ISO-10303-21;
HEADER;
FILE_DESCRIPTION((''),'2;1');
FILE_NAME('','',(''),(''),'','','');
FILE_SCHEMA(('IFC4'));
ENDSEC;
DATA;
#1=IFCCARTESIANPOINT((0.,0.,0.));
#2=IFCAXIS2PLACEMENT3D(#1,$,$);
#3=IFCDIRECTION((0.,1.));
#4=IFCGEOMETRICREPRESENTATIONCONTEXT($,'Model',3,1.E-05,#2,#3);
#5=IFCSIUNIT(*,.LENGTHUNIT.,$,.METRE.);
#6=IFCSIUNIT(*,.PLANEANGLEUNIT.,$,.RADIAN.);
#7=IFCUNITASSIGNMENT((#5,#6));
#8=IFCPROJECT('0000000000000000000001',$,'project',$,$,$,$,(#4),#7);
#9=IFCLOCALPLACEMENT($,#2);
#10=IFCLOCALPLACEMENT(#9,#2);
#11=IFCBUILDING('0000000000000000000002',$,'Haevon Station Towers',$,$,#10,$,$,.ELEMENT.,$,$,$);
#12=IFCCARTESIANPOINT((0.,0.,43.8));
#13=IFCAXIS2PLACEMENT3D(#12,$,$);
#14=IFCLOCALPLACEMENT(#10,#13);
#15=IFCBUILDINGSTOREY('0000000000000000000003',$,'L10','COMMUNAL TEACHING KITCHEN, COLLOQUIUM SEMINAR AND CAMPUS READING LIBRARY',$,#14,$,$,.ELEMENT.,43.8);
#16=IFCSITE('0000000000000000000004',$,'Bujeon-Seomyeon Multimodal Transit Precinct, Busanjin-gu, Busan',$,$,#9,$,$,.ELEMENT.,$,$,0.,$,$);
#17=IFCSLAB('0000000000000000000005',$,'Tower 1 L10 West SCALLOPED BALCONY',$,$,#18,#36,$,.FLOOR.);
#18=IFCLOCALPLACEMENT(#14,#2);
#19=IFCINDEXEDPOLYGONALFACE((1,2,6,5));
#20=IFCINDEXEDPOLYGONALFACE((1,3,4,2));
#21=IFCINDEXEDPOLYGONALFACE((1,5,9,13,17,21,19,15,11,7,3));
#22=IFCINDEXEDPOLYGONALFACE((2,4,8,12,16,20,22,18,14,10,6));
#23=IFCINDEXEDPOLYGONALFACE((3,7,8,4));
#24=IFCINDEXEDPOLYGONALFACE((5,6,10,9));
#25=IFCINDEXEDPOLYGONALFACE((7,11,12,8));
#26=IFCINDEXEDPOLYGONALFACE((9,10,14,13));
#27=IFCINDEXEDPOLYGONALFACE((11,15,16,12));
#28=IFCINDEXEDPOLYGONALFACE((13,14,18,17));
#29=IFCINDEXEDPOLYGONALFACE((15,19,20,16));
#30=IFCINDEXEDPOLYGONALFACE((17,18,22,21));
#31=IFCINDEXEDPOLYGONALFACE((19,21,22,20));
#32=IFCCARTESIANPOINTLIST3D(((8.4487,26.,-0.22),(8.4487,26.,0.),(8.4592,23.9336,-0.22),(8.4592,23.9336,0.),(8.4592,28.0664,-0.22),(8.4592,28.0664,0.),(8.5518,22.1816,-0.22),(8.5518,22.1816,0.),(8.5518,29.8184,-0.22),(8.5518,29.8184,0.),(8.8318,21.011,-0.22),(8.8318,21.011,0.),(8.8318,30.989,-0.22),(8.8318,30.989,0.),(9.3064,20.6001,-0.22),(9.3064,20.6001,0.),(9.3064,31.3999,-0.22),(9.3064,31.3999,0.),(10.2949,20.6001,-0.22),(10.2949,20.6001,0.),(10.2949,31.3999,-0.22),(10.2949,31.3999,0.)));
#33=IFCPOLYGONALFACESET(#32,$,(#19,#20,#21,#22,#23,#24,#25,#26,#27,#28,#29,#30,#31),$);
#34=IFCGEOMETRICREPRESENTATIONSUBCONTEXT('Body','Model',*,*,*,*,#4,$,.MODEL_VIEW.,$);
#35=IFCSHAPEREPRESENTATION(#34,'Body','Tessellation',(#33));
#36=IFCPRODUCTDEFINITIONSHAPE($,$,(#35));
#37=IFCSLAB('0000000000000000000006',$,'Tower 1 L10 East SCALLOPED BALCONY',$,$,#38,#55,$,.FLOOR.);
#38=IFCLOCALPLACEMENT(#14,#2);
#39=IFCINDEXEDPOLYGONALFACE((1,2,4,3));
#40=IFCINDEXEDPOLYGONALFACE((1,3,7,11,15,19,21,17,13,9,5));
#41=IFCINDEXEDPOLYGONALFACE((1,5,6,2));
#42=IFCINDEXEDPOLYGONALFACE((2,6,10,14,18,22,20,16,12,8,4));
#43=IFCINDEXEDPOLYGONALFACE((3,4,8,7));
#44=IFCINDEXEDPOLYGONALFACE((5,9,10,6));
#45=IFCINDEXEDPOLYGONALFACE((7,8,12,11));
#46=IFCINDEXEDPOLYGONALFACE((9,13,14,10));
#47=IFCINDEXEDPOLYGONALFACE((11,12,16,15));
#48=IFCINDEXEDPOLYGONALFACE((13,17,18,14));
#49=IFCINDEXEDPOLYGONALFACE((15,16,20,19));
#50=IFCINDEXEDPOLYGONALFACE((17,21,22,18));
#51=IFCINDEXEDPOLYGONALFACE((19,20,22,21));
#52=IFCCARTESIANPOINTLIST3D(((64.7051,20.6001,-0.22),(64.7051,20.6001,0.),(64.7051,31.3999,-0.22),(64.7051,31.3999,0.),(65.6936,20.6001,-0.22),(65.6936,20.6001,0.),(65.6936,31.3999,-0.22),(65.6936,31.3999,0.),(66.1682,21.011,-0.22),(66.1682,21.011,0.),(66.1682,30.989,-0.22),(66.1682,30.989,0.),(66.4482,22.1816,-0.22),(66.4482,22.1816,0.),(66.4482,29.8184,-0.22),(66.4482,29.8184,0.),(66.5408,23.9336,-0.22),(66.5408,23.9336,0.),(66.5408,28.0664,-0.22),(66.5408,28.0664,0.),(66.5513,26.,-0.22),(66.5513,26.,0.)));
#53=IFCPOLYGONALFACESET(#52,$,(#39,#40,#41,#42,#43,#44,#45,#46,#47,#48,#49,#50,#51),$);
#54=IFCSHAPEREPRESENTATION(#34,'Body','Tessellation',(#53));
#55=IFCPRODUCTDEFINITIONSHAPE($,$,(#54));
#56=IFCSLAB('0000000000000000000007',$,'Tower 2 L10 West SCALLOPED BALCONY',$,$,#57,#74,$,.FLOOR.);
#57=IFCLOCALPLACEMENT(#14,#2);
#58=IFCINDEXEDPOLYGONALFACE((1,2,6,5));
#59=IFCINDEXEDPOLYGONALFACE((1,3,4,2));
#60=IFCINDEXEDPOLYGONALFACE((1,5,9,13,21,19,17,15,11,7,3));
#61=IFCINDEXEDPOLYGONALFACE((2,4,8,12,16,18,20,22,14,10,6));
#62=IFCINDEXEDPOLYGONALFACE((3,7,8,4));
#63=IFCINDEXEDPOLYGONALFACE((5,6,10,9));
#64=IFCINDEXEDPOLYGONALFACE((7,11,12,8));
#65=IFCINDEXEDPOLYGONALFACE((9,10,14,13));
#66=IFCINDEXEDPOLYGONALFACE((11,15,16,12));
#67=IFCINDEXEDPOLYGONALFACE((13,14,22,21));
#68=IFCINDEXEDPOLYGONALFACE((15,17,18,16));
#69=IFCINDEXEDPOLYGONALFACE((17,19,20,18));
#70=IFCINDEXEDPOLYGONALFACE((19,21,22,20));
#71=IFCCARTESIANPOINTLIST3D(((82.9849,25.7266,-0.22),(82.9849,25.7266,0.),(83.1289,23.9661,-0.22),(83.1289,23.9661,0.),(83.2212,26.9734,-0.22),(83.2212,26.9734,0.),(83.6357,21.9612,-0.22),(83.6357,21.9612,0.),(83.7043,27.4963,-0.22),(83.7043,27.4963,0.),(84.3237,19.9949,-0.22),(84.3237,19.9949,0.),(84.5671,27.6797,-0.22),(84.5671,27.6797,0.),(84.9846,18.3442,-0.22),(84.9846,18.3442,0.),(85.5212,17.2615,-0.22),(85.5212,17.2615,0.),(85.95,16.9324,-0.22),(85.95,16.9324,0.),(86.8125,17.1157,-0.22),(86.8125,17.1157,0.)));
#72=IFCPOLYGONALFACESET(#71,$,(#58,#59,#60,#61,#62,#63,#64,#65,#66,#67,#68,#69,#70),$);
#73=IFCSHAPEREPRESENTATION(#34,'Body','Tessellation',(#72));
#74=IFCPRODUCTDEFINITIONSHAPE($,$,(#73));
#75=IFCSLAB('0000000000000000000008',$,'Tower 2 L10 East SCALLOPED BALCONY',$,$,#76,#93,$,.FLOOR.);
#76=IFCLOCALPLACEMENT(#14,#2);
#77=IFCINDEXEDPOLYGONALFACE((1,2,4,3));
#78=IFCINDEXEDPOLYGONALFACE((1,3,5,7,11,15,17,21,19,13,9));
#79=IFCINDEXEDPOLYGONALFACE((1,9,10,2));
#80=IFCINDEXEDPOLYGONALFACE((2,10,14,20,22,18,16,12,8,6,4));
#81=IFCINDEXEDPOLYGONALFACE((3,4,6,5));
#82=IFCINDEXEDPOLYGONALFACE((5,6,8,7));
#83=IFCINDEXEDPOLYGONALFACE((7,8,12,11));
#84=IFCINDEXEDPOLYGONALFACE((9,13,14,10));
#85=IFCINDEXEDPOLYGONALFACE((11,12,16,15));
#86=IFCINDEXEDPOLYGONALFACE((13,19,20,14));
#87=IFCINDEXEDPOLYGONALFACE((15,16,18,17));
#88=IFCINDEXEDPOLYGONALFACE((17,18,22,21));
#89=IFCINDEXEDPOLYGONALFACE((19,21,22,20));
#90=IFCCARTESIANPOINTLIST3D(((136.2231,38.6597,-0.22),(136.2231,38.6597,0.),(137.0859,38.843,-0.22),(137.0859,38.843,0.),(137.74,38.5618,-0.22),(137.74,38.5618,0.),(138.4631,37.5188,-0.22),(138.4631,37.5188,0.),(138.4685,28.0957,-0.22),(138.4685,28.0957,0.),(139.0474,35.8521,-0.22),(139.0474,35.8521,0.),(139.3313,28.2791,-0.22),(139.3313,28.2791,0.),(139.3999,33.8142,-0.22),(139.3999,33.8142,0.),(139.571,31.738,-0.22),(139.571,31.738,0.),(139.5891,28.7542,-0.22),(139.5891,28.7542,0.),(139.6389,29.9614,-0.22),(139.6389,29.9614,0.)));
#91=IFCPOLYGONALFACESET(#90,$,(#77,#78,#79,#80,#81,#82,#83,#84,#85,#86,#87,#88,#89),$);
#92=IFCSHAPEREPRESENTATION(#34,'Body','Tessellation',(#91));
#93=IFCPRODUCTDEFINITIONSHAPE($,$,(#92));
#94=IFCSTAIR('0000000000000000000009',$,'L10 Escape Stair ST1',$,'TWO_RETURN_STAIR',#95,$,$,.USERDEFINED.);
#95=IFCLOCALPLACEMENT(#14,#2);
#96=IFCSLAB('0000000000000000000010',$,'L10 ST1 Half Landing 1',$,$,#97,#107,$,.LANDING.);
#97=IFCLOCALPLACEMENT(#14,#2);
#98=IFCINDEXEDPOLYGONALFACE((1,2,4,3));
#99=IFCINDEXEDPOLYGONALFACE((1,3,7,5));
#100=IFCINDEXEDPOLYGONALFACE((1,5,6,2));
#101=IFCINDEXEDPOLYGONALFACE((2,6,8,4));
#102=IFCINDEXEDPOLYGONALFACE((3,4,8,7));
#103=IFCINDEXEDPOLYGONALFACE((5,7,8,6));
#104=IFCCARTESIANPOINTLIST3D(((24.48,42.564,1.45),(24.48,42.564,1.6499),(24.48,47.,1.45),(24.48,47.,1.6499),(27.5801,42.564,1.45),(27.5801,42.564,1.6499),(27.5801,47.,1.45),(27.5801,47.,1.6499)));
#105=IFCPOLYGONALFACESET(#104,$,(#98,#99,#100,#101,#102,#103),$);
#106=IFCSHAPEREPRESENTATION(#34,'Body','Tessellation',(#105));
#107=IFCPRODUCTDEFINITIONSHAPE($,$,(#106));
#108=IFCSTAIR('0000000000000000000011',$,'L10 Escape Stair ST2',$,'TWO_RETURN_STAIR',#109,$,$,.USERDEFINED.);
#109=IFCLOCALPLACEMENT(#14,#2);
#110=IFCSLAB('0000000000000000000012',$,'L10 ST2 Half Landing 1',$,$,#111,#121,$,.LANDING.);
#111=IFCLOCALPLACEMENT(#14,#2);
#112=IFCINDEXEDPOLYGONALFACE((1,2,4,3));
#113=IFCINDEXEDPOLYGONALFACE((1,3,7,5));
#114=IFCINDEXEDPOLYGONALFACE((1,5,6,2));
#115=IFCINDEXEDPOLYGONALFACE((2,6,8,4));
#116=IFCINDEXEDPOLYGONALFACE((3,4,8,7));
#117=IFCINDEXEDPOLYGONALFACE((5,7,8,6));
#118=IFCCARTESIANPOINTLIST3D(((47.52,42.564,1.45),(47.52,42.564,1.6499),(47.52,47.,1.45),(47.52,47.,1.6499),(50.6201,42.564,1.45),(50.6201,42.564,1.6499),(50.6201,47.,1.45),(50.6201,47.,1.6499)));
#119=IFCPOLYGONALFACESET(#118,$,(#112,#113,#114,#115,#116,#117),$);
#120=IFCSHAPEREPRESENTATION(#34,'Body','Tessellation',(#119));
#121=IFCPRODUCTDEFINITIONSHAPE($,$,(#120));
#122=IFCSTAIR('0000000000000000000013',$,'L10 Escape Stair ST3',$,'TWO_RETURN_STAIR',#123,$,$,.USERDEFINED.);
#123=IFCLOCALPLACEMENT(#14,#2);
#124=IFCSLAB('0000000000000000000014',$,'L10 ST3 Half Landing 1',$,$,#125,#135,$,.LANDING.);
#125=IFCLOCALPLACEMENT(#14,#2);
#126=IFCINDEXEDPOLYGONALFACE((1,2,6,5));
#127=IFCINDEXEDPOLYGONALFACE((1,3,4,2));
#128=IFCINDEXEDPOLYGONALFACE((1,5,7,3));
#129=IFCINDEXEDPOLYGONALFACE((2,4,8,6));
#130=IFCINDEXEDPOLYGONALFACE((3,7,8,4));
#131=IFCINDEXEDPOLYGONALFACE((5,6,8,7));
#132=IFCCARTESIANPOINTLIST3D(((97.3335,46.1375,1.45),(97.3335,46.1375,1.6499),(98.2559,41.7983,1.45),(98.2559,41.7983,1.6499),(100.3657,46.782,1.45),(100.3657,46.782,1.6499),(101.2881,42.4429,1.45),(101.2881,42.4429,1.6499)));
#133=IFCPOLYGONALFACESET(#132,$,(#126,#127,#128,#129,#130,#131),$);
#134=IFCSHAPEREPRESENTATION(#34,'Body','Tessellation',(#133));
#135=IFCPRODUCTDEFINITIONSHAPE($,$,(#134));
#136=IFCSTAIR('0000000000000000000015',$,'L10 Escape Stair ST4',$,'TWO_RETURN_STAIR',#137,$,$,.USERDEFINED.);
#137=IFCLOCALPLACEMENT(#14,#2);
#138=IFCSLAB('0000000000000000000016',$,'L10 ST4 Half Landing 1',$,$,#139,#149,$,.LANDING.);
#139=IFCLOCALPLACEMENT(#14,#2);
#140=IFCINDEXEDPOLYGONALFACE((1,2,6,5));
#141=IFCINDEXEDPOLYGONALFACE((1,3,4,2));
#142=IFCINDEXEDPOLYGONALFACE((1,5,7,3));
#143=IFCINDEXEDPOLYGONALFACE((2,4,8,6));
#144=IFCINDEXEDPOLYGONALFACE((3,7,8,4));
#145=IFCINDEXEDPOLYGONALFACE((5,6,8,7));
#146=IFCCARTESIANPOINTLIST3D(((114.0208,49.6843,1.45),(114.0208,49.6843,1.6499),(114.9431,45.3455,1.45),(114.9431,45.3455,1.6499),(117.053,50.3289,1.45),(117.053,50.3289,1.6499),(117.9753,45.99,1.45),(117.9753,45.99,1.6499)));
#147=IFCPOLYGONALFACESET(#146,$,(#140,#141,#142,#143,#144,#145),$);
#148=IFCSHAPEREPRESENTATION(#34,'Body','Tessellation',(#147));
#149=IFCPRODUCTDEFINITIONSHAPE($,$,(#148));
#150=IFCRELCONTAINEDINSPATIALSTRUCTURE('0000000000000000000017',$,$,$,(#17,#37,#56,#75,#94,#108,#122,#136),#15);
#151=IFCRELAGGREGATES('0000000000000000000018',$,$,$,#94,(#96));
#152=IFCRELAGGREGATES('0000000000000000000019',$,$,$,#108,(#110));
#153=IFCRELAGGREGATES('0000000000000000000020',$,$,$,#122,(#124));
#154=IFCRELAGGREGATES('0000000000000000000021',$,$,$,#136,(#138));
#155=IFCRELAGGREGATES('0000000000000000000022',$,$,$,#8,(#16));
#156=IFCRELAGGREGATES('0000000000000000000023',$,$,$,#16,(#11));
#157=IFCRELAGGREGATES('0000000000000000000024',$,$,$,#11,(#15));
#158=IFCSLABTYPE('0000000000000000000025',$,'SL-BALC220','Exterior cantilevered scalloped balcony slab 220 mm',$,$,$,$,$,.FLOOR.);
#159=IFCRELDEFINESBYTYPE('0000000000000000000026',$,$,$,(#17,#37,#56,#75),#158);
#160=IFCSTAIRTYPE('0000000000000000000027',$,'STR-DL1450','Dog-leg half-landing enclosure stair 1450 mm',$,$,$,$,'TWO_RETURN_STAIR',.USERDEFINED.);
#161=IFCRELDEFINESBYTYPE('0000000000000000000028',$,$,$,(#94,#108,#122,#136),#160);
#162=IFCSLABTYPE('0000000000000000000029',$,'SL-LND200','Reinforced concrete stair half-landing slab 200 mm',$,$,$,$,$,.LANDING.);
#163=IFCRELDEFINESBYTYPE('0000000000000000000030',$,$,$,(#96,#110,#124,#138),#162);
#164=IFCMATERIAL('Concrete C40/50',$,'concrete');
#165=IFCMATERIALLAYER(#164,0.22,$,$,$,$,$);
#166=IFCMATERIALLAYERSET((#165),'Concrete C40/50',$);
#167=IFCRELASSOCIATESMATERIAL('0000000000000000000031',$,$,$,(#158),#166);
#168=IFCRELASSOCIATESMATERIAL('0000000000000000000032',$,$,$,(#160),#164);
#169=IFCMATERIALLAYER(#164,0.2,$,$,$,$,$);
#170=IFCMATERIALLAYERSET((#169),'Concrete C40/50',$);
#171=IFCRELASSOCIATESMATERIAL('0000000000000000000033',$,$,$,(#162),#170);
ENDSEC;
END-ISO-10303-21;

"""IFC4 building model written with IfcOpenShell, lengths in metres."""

from ifc_helpers import new_model, si_unit, direction, frame, origin, place, context, subcontext, project, spatial, polyline, outline, extrude, material, layer, layer_set, type_object, element, aggregate, save


model = new_model("IFC4")

# Units and contexts
model_context = context("Model", 3, precision=1e-05, world=origin(), true_north=direction((0.0, 1.0)))
body_context = subcontext(model_context, "Body", "Model", "MODEL_VIEW")
ifc_project = project(units=[si_unit("LENGTHUNIT", "METRE"), si_unit("PLANEANGLEUNIT", "RADIAN")], contexts=[model_context])

# Site, building, storey
site_placement = place(None, origin())
site = spatial("IfcSite", under=ifc_project, at=site_placement, Name="Bujeon-Seomyeon Multimodal Transit Precinct, Busanjin-gu, Busan", CompositionType="ELEMENT", RefElevation=0.0)
building_placement = place(site_placement, origin())
building = spatial("IfcBuilding", under=site, at=building_placement, Name="Haevon Station Towers", CompositionType="ELEMENT")
storey_placement = place(building_placement, frame((0.0, 0.0, 43.8)))
storey = spatial("IfcBuildingStorey", under=building, at=storey_placement, Name="L10", Description="COMMUNAL TEACHING KITCHEN, COLLOQUIUM SEMINAR AND CAMPUS READING LIBRARY", CompositionType="ELEMENT", Elevation=43.8)

# Slabs
ifc_material_1 = material(Name="Concrete C40/50", Category="concrete")
ifc_layer_1 = layer(ifc_material_1, 0.22)
ifc_layer_set_1 = layer_set([ifc_layer_1], Name="Concrete C40/50")
slab_type_1 = type_object("IfcSlabType", Name="SL-BALC220", Description="Exterior cantilevered scalloped balcony slab 220 mm", PredefinedType="FLOOR", material=ifc_layer_set_1)
slab_1_placement = place(storey_placement, frame((0.0, 0.0, -0.22)))
element("IfcSlab", 1, at=slab_1_placement, inside=storey, type_object=slab_type_1, Name="Tower 1 L10 West SCALLOPED BALCONY", PredefinedType="FLOOR", context=body_context, shape_type="SweptSolid", body=[
    extrude(outline(polyline([(10.2949, 31.3999), (9.3064, 31.3999), (8.8318, 30.989), (8.5518, 29.8184), (8.4592, 28.0664), (8.4487, 26.0), (8.4592, 23.9336), (8.5518, 22.1816), (8.8318, 21.011), (9.3064, 20.6001), (10.2949, 20.6001), (10.2949, 31.3999)])), origin(), (0.0, 0.0, 1.0), 0.22),
])
slab_2_placement = place(storey_placement, frame((0.0, 0.0, -0.22)))
element("IfcSlab", 2, at=slab_2_placement, inside=storey, type_object=slab_type_1, Name="Tower 1 L10 East SCALLOPED BALCONY", PredefinedType="FLOOR", context=body_context, shape_type="SweptSolid", body=[
    extrude(outline(polyline([(64.7051, 20.6001), (65.6936, 20.6001), (66.1682, 21.011), (66.4482, 22.1816), (66.5408, 23.9336), (66.5513, 26.0), (66.5408, 28.0664), (66.4482, 29.8184), (66.1682, 30.989), (65.6936, 31.3999), (64.7051, 31.3999), (64.7051, 20.6001)])), origin(), (0.0, 0.0, 1.0), 0.22),
])
slab_3_placement = place(storey_placement, frame((0.0, 0.0, -0.22)))
element("IfcSlab", 3, at=slab_3_placement, inside=storey, type_object=slab_type_1, Name="Tower 2 L10 West SCALLOPED BALCONY", PredefinedType="FLOOR", context=body_context, shape_type="SweptSolid", body=[
    extrude(outline(polyline([(84.5671, 27.6797), (83.7043, 27.4963), (83.2212, 26.9734), (82.9849, 25.7266), (83.1289, 23.9661), (83.6357, 21.9612), (84.3237, 19.9949), (84.9846, 18.3442), (85.5212, 17.2615), (85.95, 16.9324), (86.8125, 17.1157), (84.5671, 27.6797)])), origin(), (0.0, 0.0, 1.0), 0.22),
])
slab_4_placement = place(storey_placement, frame((0.0, 0.0, -0.22)))
element("IfcSlab", 4, at=slab_4_placement, inside=storey, type_object=slab_type_1, Name="Tower 2 L10 East SCALLOPED BALCONY", PredefinedType="FLOOR", context=body_context, shape_type="SweptSolid", body=[
    extrude(outline(polyline([(138.4685, 28.0957), (139.3313, 28.2791), (139.5891, 28.7542), (139.6389, 29.9614), (139.571, 31.738), (139.3999, 33.8142), (139.0474, 35.8521), (138.4631, 37.5188), (137.74, 38.5618), (137.0859, 38.843), (136.2231, 38.6597), (138.4685, 28.0957)])), origin(), (0.0, 0.0, 1.0), 0.22),
])

# Stairs, slabs
stair_type = type_object("IfcStairType", Name="STR-DL1450", Description="Dog-leg half-landing enclosure stair 1450 mm", ElementType="TWO_RETURN_STAIR", PredefinedType="USERDEFINED", material=ifc_material_1)
stair_1_placement = place(storey_placement, origin())
stair_1 = element("IfcStair", 5, at=stair_1_placement, inside=storey, type_object=stair_type, Name="L10 Escape Stair ST1", ObjectType="TWO_RETURN_STAIR", PredefinedType="USERDEFINED")
ifc_layer_2 = layer(ifc_material_1, 0.2)
ifc_layer_set_2 = layer_set([ifc_layer_2], Name="Concrete C40/50")
slab_type_2 = type_object("IfcSlabType", Name="SL-LND200", Description="Reinforced concrete stair half-landing slab 200 mm", PredefinedType="LANDING", material=ifc_layer_set_2)
slab_5_placement = place(storey_placement, frame((0.0, 0.0, 1.45)))
slab_5 = element("IfcSlab", 6, at=slab_5_placement, type_object=slab_type_2, Name="L10 ST1 Half Landing 1", PredefinedType="LANDING", context=body_context, shape_type="SweptSolid", body=[
    extrude(outline(polyline([(27.5801, 42.564), (27.5801, 47.0), (24.48, 47.0), (24.48, 42.564), (27.5801, 42.564)])), origin(), (0.0, 0.0, 1.0), 0.2),
])
aggregate(stair_1, [slab_5])
stair_2_placement = place(storey_placement, origin())
stair_2 = element("IfcStair", 7, at=stair_2_placement, inside=storey, type_object=stair_type, Name="L10 Escape Stair ST2", ObjectType="TWO_RETURN_STAIR", PredefinedType="USERDEFINED")
slab_6_placement = place(storey_placement, frame((0.0, 0.0, 1.45)))
slab_6 = element("IfcSlab", 8, at=slab_6_placement, type_object=slab_type_2, Name="L10 ST2 Half Landing 1", PredefinedType="LANDING", context=body_context, shape_type="SweptSolid", body=[
    extrude(outline(polyline([(50.6201, 42.564), (50.6201, 47.0), (47.52, 47.0), (47.52, 42.564), (50.6201, 42.564)])), origin(), (0.0, 0.0, 1.0), 0.2),
])
aggregate(stair_2, [slab_6])
stair_3_placement = place(storey_placement, origin())
stair_3 = element("IfcStair", 9, at=stair_3_placement, inside=storey, type_object=stair_type, Name="L10 Escape Stair ST3", ObjectType="TWO_RETURN_STAIR", PredefinedType="USERDEFINED")
slab_7_placement = place(storey_placement, frame((0.0, 0.0, 1.45)))
slab_7 = element("IfcSlab", 10, at=slab_7_placement, type_object=slab_type_2, Name="L10 ST3 Half Landing 1", PredefinedType="LANDING", context=body_context, shape_type="SweptSolid", body=[
    extrude(outline(polyline([(101.2881, 42.4429), (100.3657, 46.782), (97.3335, 46.1375), (98.2559, 41.7983), (101.2881, 42.4429)])), origin(), (0.0, 0.0, 1.0), 0.2),
])
aggregate(stair_3, [slab_7])
stair_4_placement = place(storey_placement, origin())
stair_4 = element("IfcStair", 11, at=stair_4_placement, inside=storey, type_object=stair_type, Name="L10 Escape Stair ST4", ObjectType="TWO_RETURN_STAIR", PredefinedType="USERDEFINED")
slab_8_placement = place(storey_placement, frame((0.0, 0.0, 1.45)))
slab_8 = element("IfcSlab", 12, at=slab_8_placement, type_object=slab_type_2, Name="L10 ST4 Half Landing 1", PredefinedType="LANDING", context=body_context, shape_type="SweptSolid", body=[
    extrude(outline(polyline([(117.9753, 45.99), (117.053, 50.3289), (114.0208, 49.6843), (114.9431, 45.3455), (117.9753, 45.99)])), origin(), (0.0, 0.0, 1.0), 0.2),
])
aggregate(stair_4, [slab_8])

save(model, "model.ifc")
